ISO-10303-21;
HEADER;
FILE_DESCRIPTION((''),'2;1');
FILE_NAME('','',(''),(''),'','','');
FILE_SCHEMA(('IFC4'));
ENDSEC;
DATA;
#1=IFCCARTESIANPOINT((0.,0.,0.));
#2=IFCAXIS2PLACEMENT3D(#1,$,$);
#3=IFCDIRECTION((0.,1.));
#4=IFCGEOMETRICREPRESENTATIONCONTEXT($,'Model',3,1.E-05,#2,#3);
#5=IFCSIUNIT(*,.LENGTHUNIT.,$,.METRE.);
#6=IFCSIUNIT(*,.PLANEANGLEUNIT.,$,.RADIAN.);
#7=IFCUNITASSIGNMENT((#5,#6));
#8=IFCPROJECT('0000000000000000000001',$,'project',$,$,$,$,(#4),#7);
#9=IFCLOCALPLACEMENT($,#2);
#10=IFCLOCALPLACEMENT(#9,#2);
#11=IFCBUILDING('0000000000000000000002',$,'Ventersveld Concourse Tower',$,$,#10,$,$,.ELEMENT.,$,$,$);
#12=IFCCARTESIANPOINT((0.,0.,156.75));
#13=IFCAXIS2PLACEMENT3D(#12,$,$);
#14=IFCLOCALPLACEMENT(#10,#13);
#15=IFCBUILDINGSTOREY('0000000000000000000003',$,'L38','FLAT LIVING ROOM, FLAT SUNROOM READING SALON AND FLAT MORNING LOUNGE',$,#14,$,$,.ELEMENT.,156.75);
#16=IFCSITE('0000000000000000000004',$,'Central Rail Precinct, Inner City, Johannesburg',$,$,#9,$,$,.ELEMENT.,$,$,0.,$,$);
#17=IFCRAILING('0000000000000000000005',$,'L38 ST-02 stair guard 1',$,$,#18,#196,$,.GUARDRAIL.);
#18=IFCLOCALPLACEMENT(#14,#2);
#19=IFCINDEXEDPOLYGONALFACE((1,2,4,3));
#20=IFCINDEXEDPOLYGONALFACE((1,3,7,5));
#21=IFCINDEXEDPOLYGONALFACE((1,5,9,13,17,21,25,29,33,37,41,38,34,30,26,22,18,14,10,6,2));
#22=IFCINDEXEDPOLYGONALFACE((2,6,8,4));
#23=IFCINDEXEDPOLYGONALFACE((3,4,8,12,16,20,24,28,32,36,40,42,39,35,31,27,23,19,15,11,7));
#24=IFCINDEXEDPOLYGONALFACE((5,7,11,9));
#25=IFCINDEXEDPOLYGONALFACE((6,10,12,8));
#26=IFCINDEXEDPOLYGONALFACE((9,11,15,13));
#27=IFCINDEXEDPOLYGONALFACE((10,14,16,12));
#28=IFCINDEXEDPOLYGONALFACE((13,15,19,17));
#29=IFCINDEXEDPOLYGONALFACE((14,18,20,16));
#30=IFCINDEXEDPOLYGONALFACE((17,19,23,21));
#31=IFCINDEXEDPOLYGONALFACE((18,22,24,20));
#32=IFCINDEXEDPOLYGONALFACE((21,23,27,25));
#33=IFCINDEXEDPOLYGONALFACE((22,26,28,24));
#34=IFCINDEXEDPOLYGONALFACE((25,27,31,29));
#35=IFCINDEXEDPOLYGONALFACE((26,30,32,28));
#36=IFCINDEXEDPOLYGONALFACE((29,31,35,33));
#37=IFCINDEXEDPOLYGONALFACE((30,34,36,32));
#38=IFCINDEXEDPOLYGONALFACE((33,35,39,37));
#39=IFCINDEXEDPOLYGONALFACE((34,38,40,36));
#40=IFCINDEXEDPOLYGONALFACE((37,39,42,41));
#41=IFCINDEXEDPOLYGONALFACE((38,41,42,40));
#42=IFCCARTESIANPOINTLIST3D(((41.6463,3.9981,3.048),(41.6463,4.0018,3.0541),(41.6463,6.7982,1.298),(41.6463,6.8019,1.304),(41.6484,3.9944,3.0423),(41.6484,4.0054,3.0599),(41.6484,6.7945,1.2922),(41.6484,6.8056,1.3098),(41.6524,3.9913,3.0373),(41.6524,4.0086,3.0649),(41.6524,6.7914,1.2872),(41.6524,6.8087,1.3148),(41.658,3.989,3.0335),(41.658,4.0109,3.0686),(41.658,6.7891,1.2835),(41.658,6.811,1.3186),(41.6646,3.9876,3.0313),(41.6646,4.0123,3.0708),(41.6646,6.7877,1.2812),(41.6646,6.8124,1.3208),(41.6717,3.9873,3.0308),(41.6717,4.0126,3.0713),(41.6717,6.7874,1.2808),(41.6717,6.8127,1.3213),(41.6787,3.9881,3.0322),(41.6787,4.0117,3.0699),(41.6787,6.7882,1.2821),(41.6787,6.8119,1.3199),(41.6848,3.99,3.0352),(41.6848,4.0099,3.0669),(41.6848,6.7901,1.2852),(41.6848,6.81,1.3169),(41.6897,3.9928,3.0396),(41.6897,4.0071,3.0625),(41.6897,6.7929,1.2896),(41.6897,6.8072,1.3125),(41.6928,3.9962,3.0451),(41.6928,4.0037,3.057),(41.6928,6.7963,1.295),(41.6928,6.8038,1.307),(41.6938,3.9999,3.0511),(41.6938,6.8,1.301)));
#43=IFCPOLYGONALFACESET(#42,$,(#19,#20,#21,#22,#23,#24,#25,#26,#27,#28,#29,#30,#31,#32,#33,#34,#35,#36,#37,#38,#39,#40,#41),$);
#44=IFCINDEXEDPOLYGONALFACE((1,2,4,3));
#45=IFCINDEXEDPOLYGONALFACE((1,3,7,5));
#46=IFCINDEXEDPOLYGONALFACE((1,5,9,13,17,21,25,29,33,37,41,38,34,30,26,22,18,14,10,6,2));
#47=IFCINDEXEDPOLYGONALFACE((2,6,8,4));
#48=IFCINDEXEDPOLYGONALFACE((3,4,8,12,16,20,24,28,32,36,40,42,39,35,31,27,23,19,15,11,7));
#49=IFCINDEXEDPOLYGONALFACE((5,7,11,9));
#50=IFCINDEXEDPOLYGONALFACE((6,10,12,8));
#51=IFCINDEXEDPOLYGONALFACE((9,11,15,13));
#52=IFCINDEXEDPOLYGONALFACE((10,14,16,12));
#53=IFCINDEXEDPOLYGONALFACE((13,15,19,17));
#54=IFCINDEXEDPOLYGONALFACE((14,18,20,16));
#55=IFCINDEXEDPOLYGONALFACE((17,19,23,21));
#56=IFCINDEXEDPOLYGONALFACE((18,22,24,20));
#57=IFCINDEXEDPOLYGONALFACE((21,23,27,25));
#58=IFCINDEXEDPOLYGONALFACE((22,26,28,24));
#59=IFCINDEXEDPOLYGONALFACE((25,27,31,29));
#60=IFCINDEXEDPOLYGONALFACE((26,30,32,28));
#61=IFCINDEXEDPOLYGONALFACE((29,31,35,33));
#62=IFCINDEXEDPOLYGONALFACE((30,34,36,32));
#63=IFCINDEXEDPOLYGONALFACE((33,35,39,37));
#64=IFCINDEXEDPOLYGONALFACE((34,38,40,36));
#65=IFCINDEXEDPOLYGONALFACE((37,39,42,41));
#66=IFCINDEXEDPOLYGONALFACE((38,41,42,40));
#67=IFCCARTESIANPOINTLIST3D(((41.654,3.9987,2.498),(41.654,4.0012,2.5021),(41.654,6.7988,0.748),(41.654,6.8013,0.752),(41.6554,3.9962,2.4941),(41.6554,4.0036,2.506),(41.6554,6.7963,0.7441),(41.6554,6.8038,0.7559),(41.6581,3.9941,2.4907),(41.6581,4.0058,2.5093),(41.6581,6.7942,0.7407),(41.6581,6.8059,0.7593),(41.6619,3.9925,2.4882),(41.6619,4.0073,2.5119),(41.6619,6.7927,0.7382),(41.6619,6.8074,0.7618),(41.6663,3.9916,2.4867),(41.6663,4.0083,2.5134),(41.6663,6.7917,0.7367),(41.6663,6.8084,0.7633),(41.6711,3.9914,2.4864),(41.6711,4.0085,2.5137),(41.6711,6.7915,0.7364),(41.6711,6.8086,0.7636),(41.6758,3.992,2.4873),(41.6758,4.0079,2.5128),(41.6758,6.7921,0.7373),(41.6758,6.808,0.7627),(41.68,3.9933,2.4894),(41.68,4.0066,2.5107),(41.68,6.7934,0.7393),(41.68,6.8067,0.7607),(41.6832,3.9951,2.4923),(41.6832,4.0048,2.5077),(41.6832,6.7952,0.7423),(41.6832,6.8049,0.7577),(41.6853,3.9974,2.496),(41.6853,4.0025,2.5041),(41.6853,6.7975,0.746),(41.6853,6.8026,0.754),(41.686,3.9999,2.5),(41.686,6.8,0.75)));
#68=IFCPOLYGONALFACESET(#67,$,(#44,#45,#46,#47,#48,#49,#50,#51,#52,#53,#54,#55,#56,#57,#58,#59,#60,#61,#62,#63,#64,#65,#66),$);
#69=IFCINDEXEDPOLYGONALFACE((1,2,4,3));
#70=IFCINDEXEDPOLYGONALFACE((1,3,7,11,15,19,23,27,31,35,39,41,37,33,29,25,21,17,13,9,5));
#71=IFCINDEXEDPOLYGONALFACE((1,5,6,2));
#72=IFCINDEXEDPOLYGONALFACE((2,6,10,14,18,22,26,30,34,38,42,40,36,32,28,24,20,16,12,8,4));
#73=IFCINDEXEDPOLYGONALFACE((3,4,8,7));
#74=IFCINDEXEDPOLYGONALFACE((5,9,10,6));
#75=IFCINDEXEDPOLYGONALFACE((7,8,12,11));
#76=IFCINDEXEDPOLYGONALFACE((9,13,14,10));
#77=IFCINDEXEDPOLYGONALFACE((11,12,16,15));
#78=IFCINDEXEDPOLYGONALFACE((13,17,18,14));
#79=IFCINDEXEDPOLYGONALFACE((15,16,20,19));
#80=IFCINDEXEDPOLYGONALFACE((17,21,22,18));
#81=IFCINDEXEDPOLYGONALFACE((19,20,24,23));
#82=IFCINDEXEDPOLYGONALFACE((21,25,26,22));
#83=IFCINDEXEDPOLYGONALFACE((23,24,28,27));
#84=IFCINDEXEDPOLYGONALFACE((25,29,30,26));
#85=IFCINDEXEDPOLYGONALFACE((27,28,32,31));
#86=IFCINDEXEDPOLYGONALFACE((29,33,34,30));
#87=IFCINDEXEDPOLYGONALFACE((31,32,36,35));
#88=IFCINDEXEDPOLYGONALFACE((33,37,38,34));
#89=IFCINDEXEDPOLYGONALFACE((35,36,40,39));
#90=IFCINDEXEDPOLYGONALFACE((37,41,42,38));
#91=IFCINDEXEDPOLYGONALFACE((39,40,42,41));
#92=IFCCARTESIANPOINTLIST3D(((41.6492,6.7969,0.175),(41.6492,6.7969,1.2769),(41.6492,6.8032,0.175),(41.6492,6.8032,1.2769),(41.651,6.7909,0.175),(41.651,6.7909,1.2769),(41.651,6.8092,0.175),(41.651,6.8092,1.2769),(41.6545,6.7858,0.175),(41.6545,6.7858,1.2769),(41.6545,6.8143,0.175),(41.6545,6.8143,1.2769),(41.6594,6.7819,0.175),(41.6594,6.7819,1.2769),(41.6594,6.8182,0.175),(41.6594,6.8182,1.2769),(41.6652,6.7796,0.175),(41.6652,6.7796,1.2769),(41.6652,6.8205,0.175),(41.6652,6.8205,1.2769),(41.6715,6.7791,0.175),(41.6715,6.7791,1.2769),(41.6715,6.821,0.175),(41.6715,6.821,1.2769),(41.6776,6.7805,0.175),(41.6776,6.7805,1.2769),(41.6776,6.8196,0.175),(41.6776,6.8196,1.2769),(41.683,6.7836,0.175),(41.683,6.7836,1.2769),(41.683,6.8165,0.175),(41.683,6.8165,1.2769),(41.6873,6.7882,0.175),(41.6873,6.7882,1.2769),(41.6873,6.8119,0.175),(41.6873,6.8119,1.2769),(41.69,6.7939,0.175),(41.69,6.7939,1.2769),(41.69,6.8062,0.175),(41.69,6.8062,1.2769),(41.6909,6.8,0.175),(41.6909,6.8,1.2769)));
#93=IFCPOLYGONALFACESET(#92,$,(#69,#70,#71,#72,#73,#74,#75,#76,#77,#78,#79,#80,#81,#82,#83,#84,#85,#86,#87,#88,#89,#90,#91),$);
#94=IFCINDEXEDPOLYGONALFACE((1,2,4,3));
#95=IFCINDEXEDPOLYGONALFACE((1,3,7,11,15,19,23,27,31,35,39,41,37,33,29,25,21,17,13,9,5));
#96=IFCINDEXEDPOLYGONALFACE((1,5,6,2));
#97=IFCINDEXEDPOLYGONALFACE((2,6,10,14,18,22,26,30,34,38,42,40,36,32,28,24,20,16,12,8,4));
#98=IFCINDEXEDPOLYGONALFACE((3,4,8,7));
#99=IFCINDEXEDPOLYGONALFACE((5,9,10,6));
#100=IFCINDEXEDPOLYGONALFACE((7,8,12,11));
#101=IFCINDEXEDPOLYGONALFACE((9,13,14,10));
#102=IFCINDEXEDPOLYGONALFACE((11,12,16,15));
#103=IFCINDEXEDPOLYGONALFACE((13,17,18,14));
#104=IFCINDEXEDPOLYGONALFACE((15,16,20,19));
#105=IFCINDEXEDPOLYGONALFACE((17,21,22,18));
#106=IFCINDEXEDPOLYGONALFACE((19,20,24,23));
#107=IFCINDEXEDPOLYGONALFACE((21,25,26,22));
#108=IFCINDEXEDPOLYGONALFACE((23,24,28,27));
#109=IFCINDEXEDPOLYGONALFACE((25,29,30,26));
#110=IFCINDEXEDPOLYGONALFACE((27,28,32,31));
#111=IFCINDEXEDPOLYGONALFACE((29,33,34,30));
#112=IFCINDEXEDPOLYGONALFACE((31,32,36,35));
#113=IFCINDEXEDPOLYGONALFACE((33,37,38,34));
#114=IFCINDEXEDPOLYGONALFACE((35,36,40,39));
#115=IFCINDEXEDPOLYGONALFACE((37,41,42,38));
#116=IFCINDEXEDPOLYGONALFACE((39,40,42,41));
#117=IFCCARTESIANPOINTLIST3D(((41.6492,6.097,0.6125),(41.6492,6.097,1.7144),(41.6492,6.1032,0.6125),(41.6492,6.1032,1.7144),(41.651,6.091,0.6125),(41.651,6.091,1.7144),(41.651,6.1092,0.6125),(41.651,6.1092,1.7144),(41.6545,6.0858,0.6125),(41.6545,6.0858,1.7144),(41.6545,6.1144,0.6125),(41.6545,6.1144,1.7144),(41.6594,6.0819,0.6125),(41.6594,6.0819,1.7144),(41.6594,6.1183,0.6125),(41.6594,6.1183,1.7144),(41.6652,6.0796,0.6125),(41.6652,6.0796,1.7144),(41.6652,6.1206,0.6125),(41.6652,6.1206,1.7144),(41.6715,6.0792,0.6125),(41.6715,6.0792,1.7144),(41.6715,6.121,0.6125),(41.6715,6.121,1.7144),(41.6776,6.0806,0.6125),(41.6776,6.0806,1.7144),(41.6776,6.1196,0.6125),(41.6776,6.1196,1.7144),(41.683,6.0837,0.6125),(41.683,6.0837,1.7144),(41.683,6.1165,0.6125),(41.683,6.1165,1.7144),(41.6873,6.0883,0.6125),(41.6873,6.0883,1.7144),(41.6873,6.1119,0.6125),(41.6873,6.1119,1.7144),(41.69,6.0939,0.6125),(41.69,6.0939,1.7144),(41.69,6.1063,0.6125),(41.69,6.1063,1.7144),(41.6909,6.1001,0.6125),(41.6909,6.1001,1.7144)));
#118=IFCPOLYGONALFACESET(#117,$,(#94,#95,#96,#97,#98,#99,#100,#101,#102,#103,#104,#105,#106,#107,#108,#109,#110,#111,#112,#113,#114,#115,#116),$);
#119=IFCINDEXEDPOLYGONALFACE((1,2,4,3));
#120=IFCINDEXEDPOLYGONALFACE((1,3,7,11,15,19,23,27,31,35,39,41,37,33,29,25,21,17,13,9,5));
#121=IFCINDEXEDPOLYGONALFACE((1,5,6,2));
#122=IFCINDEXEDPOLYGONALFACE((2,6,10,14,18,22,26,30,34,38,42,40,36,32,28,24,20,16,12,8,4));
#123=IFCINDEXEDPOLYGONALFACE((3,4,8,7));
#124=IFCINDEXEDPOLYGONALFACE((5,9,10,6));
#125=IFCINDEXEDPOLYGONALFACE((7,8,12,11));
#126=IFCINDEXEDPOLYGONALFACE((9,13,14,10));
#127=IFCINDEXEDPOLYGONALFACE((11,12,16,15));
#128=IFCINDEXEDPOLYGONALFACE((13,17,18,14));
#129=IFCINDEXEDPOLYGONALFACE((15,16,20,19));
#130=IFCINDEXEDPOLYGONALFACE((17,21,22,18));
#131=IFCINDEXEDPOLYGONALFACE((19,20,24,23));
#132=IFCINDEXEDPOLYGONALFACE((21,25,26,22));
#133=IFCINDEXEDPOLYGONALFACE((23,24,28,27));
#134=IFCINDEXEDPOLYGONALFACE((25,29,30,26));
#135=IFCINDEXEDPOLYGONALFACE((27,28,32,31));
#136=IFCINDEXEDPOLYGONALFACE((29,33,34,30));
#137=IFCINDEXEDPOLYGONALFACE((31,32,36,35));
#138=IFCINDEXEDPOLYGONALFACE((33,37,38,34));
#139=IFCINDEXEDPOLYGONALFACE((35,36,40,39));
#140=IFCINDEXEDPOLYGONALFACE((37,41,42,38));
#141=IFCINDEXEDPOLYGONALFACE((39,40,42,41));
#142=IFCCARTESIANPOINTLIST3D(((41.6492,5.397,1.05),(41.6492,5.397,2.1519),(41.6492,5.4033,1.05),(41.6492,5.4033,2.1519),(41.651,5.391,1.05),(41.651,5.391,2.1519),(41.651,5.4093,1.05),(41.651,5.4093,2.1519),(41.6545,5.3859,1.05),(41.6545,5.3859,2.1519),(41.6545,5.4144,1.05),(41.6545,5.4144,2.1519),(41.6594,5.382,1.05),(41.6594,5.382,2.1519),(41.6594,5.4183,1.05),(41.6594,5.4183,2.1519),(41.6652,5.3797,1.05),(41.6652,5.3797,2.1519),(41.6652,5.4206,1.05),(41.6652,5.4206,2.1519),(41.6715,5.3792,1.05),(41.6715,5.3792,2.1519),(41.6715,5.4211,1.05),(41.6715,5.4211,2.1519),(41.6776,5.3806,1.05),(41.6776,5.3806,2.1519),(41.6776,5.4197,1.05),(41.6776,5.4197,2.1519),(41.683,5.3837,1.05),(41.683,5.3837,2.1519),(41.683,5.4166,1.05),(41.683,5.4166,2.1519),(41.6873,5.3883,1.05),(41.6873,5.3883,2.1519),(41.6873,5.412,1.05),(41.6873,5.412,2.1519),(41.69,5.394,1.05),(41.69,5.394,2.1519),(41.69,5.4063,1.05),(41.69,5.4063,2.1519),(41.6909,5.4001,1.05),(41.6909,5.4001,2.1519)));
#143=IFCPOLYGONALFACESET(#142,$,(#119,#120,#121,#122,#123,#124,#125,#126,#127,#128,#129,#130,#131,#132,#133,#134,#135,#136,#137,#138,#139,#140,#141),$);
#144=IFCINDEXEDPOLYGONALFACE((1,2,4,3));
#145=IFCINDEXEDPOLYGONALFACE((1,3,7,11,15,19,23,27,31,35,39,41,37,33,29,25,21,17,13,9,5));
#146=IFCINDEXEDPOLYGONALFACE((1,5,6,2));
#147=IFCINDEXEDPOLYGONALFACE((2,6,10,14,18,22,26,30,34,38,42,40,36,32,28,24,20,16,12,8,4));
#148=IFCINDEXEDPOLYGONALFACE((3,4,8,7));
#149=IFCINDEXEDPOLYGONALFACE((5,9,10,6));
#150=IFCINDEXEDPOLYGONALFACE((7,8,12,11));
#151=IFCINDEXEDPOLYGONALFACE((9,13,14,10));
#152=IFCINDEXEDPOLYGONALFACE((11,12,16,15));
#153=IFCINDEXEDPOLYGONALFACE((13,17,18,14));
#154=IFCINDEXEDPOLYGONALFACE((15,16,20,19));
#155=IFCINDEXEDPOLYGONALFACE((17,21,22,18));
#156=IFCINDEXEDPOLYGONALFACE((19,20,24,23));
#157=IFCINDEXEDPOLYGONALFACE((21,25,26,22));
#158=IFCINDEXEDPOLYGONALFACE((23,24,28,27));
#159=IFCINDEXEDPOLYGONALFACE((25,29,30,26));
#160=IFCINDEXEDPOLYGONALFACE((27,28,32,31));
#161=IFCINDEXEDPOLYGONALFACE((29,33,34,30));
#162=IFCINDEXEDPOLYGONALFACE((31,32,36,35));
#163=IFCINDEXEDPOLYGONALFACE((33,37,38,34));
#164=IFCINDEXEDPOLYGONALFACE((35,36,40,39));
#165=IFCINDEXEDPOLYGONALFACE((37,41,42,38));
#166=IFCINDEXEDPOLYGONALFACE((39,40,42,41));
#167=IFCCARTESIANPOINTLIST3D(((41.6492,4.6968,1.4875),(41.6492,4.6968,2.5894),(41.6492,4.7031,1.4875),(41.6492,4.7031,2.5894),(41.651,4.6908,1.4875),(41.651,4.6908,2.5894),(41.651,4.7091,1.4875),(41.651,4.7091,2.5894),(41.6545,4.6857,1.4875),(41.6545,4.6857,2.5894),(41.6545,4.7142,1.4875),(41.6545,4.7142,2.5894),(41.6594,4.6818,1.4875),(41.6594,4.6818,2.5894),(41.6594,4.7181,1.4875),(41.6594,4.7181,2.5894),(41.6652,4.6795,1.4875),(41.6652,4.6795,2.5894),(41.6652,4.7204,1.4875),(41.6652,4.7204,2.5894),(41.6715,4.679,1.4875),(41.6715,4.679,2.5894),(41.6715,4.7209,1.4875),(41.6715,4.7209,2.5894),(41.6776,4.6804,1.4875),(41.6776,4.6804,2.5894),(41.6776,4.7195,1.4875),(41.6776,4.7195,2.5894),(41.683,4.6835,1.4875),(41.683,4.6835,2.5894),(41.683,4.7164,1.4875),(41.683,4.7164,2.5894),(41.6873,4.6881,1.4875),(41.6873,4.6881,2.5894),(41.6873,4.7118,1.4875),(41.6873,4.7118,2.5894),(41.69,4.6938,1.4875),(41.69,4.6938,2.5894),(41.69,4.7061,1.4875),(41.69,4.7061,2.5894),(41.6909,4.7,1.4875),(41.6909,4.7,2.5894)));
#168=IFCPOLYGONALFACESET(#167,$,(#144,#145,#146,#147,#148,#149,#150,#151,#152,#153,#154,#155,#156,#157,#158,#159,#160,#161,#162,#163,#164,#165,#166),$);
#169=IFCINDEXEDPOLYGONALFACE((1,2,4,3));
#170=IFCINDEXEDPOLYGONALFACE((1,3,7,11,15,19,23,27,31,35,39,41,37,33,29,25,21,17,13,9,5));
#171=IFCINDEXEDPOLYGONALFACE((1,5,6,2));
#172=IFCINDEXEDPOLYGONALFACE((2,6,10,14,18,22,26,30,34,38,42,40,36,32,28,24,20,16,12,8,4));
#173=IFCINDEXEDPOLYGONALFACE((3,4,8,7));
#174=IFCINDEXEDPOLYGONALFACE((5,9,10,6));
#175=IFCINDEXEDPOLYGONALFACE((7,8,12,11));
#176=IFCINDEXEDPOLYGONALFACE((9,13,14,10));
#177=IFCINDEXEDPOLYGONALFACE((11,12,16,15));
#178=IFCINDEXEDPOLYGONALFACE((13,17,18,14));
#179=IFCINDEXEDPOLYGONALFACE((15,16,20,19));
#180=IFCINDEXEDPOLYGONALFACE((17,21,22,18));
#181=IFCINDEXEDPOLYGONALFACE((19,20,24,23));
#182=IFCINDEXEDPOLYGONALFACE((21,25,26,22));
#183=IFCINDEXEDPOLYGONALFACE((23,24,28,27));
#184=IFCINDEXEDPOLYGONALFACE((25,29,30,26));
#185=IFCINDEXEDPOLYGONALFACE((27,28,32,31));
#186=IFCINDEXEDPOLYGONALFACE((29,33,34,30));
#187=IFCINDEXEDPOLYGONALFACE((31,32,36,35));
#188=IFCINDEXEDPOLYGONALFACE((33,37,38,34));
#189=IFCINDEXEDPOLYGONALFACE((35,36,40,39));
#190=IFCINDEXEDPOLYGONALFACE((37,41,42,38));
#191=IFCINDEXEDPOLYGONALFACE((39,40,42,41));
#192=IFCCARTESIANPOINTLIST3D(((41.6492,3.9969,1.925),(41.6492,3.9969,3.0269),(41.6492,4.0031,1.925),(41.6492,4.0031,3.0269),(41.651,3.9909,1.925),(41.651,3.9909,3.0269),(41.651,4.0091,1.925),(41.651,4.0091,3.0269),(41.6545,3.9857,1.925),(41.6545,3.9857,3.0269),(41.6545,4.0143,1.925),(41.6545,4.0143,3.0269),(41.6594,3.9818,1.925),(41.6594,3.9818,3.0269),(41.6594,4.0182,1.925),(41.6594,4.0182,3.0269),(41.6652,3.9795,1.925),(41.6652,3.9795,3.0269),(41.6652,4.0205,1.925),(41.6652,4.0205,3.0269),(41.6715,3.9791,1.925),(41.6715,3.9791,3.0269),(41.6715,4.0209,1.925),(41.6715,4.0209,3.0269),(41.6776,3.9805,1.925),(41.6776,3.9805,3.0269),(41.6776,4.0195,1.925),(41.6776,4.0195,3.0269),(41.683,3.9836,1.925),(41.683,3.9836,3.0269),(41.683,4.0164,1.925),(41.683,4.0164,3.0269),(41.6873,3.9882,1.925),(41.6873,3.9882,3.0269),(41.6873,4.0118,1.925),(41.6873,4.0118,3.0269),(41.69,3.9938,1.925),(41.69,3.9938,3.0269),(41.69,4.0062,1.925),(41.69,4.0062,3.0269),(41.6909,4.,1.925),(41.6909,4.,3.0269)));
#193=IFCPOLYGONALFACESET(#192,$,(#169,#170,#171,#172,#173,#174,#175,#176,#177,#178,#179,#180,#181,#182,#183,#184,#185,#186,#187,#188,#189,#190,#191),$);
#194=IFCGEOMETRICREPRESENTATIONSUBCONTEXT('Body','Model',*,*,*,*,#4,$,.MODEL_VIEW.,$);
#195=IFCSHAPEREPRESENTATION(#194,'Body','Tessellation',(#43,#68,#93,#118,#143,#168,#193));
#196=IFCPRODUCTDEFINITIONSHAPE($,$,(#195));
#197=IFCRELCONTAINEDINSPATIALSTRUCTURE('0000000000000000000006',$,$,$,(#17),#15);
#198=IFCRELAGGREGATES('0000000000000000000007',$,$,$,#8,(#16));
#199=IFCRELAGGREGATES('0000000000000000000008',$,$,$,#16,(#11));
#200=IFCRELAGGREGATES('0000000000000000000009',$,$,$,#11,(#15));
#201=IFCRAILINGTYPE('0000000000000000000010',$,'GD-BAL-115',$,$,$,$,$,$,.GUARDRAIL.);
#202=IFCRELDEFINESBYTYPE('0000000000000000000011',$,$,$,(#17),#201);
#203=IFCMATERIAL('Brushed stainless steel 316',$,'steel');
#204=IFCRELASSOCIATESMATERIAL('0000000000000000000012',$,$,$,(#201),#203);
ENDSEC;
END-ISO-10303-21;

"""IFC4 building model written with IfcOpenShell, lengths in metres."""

from ifc_helpers import new_model, si_unit, direction, frame, origin, origin_2d, place, context, subcontext, project, spatial, circle, extrude, material, type_object, element, save


model = new_model("IFC4")

# Units and contexts
model_context = context("Model", 3, precision=1e-05, world=origin(), true_north=direction((0.0, 1.0)))
body_context = subcontext(model_context, "Body", "Model", "MODEL_VIEW")
ifc_project = project(units=[si_unit("LENGTHUNIT", "METRE"), si_unit("PLANEANGLEUNIT", "RADIAN")], contexts=[model_context])

# Site, building, storey
site_placement = place(None, origin())
site = spatial("IfcSite", under=ifc_project, at=site_placement, Name="Central Rail Precinct, Inner City, Johannesburg", CompositionType="ELEMENT", RefElevation=0.0)
building_placement = place(site_placement, origin())
building = spatial("IfcBuilding", under=site, at=building_placement, Name="Ventersveld Concourse Tower", CompositionType="ELEMENT")
storey_placement = place(building_placement, frame((0.0, 0.0, 156.75)))
storey = spatial("IfcBuildingStorey", under=building, at=storey_placement, Name="L38", Description="FLAT LIVING ROOM, FLAT SUNROOM READING SALON AND FLAT MORNING LOUNGE", CompositionType="ELEMENT", Elevation=156.75)

# Shared definitions
ifc_material_1 = material(Name="Brushed stainless steel 316", Category="steel")

# Railing
railing_type_1 = type_object("IfcRailingType", Name="GD-BAL-115", PredefinedType="GUARDRAIL", material=ifc_material_1)
railing_1_placement = place(storey_placement, frame((41.6699, 6.8, 0.175)))
element("IfcRailing", 1, at=railing_1_placement, inside=storey, type_object=railing_type_1, Name="L38 ST-02 stair guard 1", PredefinedType="GUARDRAIL", context=body_context, shape_type="SweptSolid", body=[
    extrude(circle(Radius=0.0239, at=origin_2d()), frame((0.0, 0.0, 1.126), z_axis=(0.0, -0.848002, 0.529992), x_axis=(1.0, 0.0, 0.0)), (0.0, 0.0, 1.0), 3.302),
    extrude(circle(Radius=0.0161, at=origin_2d()), frame((0.0, 0.0, 0.575), z_axis=(0.0, -0.848002, 0.529992), x_axis=(1.0, 0.0, 0.0)), (0.0, 0.0, 1.0), 3.302),
    extrude(circle(Radius=0.021, at=origin_2d()), origin(), (0.0, 0.0, 1.0), 1.1018),
    extrude(circle(Radius=0.021, at=origin_2d()), frame((0.0, -0.7, 0.4375)), (0.0, 0.0, 1.0), 1.1018),
    extrude(circle(Radius=0.021, at=origin_2d()), frame((0.0, -1.3999, 0.875)), (0.0, 0.0, 1.0), 1.1018),
    extrude(circle(Radius=0.021, at=origin_2d()), frame((0.0, -2.1001, 1.3125)), (0.0, 0.0, 1.0), 1.1018),
    extrude(circle(Radius=0.021, at=origin_2d()), frame((0.0, -2.8, 1.75)), (0.0, 0.0, 1.0), 1.1018),
])

save(model, "model.ifc")
